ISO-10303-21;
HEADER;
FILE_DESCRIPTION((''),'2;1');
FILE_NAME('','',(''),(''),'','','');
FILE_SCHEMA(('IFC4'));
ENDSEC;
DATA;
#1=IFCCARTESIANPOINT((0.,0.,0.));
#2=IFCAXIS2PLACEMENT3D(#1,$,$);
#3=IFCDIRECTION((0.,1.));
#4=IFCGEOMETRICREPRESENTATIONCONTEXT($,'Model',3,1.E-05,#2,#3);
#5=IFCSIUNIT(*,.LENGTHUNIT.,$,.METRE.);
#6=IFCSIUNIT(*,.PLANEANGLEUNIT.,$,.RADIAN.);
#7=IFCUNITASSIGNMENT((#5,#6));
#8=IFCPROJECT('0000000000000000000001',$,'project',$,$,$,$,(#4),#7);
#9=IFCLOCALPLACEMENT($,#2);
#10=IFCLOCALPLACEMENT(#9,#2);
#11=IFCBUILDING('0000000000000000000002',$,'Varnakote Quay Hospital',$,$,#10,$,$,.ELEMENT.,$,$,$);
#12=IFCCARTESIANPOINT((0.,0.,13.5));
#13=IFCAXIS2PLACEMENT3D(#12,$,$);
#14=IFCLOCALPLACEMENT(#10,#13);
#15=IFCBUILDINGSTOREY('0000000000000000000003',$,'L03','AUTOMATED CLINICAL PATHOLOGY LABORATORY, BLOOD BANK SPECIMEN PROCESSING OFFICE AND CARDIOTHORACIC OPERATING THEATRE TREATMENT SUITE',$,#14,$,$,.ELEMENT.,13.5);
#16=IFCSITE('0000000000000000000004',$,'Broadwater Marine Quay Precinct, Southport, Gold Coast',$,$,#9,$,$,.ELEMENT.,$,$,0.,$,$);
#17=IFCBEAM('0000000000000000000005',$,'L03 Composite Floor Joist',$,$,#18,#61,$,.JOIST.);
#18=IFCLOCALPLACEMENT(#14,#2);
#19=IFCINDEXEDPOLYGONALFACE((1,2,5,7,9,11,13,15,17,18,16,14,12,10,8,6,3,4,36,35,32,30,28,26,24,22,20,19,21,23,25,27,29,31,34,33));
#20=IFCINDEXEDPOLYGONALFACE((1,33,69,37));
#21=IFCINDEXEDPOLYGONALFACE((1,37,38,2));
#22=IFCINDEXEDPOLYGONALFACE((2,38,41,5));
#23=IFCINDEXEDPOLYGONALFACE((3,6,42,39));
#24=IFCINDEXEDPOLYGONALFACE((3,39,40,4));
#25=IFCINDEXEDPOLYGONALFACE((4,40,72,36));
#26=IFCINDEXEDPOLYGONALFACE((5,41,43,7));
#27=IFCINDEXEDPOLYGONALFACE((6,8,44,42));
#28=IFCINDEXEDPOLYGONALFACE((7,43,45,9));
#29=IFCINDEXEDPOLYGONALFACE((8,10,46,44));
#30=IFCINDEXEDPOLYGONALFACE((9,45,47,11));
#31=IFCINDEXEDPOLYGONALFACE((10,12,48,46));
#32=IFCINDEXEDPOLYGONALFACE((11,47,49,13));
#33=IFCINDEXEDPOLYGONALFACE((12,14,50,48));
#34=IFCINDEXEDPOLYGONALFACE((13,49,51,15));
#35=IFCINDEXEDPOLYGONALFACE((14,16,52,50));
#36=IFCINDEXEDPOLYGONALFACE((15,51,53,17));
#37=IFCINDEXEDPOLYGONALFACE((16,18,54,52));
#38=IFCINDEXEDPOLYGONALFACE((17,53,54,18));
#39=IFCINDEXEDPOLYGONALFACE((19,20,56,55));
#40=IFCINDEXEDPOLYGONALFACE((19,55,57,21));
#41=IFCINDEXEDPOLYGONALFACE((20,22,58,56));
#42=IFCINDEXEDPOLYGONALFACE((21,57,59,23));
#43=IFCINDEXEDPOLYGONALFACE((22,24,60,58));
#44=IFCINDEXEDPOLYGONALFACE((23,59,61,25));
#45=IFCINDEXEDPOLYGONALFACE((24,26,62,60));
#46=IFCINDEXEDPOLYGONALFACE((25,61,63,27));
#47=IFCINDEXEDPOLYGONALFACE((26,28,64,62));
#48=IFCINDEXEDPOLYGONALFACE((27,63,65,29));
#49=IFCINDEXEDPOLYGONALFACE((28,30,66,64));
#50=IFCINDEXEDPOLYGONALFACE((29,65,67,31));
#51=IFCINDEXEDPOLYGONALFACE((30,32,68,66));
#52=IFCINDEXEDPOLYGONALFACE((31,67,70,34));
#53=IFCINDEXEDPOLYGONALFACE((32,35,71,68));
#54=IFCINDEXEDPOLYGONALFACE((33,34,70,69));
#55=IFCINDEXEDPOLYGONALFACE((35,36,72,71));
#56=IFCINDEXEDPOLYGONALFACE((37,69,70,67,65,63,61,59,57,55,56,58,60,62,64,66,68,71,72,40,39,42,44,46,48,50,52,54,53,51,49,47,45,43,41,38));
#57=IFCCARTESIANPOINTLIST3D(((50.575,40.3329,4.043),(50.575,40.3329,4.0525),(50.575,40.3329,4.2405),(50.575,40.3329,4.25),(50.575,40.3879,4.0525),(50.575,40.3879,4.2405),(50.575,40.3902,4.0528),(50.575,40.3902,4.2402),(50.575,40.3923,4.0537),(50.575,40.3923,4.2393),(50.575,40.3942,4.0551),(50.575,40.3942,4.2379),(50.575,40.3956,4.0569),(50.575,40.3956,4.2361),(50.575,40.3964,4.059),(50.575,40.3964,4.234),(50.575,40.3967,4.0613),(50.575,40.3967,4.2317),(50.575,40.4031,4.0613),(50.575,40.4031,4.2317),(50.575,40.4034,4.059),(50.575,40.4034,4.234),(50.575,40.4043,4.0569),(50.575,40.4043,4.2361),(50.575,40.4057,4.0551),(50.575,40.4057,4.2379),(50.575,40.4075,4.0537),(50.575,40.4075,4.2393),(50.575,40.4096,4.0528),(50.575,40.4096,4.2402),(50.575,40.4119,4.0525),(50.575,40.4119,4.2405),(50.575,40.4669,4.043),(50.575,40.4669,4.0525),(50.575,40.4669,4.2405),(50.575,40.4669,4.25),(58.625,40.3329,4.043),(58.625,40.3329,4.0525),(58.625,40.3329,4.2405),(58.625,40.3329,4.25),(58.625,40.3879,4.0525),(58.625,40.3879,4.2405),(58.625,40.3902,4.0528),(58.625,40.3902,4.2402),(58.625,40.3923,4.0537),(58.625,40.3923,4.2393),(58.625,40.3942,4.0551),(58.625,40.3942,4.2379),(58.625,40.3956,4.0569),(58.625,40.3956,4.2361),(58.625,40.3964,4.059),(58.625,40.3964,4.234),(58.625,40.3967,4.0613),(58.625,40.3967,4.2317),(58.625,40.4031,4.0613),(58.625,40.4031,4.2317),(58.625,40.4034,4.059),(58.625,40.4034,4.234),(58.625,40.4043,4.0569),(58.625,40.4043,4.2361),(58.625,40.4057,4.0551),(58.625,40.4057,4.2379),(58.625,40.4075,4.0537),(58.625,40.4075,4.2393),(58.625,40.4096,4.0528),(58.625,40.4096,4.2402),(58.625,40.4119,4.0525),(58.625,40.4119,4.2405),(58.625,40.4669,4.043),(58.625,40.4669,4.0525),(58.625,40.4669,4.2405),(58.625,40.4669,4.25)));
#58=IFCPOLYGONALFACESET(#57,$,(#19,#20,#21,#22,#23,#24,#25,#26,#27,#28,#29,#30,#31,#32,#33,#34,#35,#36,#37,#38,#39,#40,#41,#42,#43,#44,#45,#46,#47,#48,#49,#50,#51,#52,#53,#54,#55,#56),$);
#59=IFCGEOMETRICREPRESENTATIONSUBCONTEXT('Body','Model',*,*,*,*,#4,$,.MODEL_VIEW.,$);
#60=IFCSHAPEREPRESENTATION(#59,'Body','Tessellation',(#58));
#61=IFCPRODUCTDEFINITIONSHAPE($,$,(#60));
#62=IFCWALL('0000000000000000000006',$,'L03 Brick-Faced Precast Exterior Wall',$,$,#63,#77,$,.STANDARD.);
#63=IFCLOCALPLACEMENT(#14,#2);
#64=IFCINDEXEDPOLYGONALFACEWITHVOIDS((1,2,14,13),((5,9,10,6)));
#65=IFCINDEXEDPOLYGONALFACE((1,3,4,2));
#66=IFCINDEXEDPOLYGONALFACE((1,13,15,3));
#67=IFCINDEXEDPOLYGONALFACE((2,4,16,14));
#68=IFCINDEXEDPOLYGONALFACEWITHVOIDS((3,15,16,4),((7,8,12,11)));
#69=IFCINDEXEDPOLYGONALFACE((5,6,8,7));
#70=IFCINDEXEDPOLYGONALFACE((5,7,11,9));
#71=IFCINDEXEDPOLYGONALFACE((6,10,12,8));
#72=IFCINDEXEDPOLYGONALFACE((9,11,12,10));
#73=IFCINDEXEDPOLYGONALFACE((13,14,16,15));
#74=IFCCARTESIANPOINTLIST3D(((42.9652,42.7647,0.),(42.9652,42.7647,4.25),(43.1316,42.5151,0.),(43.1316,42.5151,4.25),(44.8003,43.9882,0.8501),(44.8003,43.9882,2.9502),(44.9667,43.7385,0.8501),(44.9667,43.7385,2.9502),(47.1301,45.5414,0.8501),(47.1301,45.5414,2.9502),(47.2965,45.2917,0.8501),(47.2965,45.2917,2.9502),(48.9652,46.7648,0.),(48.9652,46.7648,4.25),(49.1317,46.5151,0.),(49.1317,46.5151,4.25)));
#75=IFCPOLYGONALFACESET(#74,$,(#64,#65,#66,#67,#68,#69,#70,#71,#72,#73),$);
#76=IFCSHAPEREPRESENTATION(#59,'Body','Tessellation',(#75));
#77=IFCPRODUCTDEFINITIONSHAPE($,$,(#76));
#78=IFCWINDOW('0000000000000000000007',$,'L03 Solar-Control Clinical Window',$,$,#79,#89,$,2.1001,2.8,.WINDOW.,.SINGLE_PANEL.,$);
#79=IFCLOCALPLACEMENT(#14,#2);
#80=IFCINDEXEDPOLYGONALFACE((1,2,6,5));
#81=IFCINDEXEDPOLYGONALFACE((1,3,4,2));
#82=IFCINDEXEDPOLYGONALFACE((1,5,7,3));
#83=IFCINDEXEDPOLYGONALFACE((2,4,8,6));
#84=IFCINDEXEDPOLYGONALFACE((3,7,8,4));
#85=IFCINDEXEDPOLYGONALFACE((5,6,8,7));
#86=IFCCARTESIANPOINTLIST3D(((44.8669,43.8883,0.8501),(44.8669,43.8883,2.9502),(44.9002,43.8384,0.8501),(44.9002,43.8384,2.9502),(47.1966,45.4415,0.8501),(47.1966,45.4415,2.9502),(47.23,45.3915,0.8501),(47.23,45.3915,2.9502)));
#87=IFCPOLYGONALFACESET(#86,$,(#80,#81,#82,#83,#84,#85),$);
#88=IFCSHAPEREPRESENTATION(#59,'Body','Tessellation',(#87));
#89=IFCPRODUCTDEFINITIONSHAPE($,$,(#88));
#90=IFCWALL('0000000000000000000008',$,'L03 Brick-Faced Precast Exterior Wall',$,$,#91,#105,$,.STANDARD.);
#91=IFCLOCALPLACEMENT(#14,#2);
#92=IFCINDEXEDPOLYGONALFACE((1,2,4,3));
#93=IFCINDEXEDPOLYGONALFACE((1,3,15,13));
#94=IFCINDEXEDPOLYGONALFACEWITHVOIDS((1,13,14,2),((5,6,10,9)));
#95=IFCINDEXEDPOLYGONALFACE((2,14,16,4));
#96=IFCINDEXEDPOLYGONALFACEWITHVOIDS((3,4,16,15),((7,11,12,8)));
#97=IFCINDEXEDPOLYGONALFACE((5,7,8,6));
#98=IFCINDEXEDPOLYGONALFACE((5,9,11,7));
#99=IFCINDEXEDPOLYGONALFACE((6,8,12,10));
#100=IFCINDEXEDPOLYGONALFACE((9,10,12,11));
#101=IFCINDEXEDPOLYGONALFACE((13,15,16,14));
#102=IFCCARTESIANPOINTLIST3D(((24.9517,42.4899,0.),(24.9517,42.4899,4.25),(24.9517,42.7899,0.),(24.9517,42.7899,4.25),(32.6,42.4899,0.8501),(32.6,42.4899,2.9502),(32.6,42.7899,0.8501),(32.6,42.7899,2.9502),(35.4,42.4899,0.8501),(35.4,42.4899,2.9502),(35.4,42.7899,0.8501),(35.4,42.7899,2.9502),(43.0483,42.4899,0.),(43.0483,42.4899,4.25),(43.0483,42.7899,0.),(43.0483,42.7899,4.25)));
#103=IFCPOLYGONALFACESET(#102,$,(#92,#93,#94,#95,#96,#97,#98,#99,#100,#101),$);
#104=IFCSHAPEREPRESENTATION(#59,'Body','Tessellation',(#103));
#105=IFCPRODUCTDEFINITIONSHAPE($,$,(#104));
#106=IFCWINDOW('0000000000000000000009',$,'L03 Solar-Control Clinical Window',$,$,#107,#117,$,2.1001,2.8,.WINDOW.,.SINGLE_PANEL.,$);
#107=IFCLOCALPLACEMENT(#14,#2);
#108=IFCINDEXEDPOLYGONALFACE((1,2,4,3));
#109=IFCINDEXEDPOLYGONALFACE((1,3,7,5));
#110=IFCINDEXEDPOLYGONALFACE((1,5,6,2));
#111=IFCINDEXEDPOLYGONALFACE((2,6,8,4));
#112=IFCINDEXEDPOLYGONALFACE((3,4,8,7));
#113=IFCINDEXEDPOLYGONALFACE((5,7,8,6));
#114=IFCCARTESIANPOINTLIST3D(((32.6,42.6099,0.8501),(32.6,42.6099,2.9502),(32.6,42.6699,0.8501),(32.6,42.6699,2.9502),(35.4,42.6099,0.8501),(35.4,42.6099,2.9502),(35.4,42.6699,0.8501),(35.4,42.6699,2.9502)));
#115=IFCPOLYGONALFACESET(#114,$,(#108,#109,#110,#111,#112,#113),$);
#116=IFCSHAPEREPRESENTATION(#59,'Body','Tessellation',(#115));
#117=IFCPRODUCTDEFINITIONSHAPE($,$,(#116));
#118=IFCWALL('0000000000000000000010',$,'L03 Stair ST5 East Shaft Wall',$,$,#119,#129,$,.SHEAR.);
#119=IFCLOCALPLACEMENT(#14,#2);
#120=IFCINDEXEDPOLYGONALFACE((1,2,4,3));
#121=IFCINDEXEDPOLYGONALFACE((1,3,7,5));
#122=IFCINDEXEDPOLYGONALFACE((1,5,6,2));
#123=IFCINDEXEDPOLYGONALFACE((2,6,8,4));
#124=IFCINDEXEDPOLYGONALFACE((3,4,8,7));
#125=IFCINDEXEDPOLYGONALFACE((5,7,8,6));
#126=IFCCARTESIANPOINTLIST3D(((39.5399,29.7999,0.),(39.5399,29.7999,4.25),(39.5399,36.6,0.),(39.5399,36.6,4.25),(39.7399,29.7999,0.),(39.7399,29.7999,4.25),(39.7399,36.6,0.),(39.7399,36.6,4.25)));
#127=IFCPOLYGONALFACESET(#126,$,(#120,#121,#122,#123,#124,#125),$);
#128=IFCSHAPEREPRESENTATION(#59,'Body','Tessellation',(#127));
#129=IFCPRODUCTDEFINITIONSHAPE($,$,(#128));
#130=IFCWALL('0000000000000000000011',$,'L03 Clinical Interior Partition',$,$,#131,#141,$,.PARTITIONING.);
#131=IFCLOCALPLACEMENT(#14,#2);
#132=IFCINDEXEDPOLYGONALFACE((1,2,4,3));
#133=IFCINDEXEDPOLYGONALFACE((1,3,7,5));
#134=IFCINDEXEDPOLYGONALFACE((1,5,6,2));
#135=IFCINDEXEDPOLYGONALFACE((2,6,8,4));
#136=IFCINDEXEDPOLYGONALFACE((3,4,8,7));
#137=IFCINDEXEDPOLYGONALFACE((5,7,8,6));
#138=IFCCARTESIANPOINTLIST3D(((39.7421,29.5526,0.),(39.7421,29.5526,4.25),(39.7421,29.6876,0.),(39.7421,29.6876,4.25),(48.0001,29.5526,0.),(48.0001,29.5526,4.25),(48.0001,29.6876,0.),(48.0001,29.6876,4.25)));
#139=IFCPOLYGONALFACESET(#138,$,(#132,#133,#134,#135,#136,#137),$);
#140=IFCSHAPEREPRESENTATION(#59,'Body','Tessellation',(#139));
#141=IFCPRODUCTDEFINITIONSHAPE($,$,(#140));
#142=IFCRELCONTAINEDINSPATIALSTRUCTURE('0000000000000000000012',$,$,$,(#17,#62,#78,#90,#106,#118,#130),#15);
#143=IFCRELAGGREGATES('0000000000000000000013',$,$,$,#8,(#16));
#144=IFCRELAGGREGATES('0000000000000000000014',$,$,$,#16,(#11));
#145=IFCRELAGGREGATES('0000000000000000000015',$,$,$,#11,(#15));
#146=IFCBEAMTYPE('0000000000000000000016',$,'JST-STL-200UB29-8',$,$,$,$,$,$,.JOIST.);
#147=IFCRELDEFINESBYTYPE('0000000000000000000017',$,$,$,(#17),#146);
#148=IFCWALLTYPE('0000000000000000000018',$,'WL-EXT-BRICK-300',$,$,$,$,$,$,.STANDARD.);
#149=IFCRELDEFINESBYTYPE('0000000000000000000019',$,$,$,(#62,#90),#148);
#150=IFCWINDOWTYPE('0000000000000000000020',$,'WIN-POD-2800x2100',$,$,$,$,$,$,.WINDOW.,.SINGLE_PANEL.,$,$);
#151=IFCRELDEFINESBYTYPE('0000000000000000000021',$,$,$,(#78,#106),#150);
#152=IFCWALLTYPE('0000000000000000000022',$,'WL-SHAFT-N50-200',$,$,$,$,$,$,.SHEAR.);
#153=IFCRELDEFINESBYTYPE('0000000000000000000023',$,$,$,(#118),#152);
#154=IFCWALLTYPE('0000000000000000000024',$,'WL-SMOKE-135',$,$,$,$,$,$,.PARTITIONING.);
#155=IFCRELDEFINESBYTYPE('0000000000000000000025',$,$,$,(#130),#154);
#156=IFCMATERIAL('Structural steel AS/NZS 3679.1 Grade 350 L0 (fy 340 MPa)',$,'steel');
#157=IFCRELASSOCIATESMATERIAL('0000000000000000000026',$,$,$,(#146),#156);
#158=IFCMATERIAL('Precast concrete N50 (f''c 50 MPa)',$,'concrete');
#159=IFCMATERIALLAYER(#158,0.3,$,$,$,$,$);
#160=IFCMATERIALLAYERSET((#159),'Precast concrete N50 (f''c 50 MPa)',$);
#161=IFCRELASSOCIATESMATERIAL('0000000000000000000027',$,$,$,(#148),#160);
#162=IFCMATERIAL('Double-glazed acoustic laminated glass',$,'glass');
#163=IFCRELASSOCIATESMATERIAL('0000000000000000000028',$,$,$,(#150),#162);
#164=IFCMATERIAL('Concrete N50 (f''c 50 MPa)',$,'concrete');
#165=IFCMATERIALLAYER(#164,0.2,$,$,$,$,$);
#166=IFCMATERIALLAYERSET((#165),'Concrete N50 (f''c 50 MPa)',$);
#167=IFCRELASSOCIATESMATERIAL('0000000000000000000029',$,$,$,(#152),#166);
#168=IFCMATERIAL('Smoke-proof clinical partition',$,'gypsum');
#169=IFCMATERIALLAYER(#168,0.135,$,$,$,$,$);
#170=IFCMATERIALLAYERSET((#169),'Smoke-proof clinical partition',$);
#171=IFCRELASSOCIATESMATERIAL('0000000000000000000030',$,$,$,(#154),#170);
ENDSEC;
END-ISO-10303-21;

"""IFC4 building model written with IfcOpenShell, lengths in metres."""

from ifc_helpers import new_model, si_unit, direction, frame, frame_2d, origin, origin_2d, place, context, subcontext, project, spatial, rectangle, i_section, extrude, material, layer, layer_set, material_profile, profile_set, type_object, element, fill, save


model = new_model("IFC4")

# Units and contexts
model_context = context("Model", 3, precision=1e-05, world=origin(), true_north=direction((0.0, 1.0)))
body_context = subcontext(model_context, "Body", "Model", "MODEL_VIEW")
ifc_project = project(units=[si_unit("LENGTHUNIT", "METRE"), si_unit("PLANEANGLEUNIT", "RADIAN")], contexts=[model_context])

# Site, building, storey
site_placement = place(None, origin())
site = spatial("IfcSite", under=ifc_project, at=site_placement, Name="Broadwater Marine Quay Precinct, Southport, Gold Coast", CompositionType="ELEMENT", RefElevation=0.0)
building_placement = place(site_placement, origin())
building = spatial("IfcBuilding", under=site, at=building_placement, Name="Varnakote Quay Hospital", CompositionType="ELEMENT")
storey_placement = place(building_placement, frame((0.0, 0.0, 13.5)))
storey = spatial("IfcBuildingStorey", under=building, at=storey_placement, Name="L03", Description="AUTOMATED CLINICAL PATHOLOGY LABORATORY, BLOOD BANK SPECIMEN PROCESSING OFFICE AND CARDIOTHORACIC OPERATING THEATRE TREATMENT SUITE", CompositionType="ELEMENT", Elevation=13.5)

# Beam
ifc_material_1 = material(Name="Structural steel AS/NZS 3679.1 Grade 350 L0 (fy 340 MPa)", Category="steel")
ifc_material_profile_1 = material_profile(ifc_material_1, i_section(OverallWidth=0.134, OverallDepth=0.207, WebThickness=0.0063, FlangeThickness=0.0095, FilletRadius=0.0088, at=origin_2d()), Name="200UB29.8")
ifc_profile_set_1 = profile_set([ifc_material_profile_1], Name="Structural steel AS/NZS 3679.1 Grade 350 L0 (fy 340 MPa)")
beam_type_1 = type_object("IfcBeamType", Name="JST-STL-200UB29-8", PredefinedType="JOIST", material=ifc_profile_set_1)
for number, where, z_axis, x_axis, name in (
    (1, (50.575, 40.3999, 4.1465), (1.0, 0.0, 0.0), (0.0, 1.0, 0.0), "L03 Composite Floor Joist"),
):
    element("IfcBeam", number, at=place(storey_placement, frame(where, z_axis=z_axis, x_axis=x_axis)), inside=storey, type_object=beam_type_1, Name=name, PredefinedType="JOIST", context=body_context, shape_type="SweptSolid", body=[
        extrude(i_section(OverallWidth=0.134, OverallDepth=0.207, WebThickness=0.0063, FlangeThickness=0.0095, FilletRadius=0.0088, at=origin_2d()), origin(), (0.0, 0.0, 1.0), 8.05),
    ])

# Walls, openings, windows
ifc_material_2 = material(Name="Precast concrete N50 (f'c 50 MPa)", Category="concrete")
ifc_layer_1 = layer(ifc_material_2, 0.3)
ifc_layer_set_1 = layer_set([ifc_layer_1], Name="Precast concrete N50 (f'c 50 MPa)")
wall_type_1 = type_object("IfcWallType", Name="WL-EXT-BRICK-300", PredefinedType="STANDARD", material=ifc_layer_set_1)
wall_1_placement = place(storey_placement, frame((49.0483, 46.6399, 0.0), z_axis=(0.0, 0.0, 1.0), x_axis=(-0.83205, -0.5547, 0.0)))
wall_1 = element("IfcWall", 2, at=wall_1_placement, inside=storey, type_object=wall_type_1, Name="L03 Brick-Faced Precast Exterior Wall", PredefinedType="STANDARD", context=body_context, shape_type="SweptSolid", body=[
    extrude(rectangle(XDim=7.2112, YDim=0.3, at=frame_2d((3.6055, 0.0))), origin(), (0.0, 0.0, 1.0), 4.25),
])
opening_1_placement = place(wall_1_placement, frame((2.2056, 0.0, 0.8501)))
opening_1 = element("IfcOpeningElement", 3, at=opening_1_placement, cuts=wall_1, PredefinedType="OPENING", context=body_context, shape_type="SweptSolid", body=[
    extrude(rectangle(XDim=2.8, YDim=2.1001, at=frame_2d((1.3999, 1.05))), frame((0.0, 0.1599, 0.0), z_axis=(0.0, -1.0, 0.0), x_axis=(1.0, 0.0, 0.0)), (0.0, 0.0, 1.0), 0.3201),
])
ifc_material_3 = material(Name="Double-glazed acoustic laminated glass", Category="glass")
window_type = type_object("IfcWindowType", Name="WIN-POD-2800x2100", PartitioningType="SINGLE_PANEL", PredefinedType="WINDOW", material=ifc_material_3)
window_1_placement = place(opening_1_placement, origin())
window_1 = element("IfcWindow", 4, at=window_1_placement, inside=storey, type_object=window_type, Name="L03 Solar-Control Clinical Window", OverallHeight=2.1001, OverallWidth=2.8, PartitioningType="SINGLE_PANEL", PredefinedType="WINDOW", context=body_context, shape_type="SweptSolid", body=[
    extrude(rectangle(XDim=2.8, YDim=2.1001, at=frame_2d((1.3999, 1.05))), frame((0.0, 0.03, 0.0), z_axis=(0.0, -1.0, 0.0), x_axis=(1.0, 0.0, 0.0)), (0.0, 0.0, 1.0), 0.0601),
])
fill(opening_1, window_1)
wall_2_placement = place(storey_placement, frame((43.0483, 42.6399, 0.0), z_axis=(0.0, 0.0, 1.0), x_axis=(-1.0, 0.0, 0.0)))
wall_2 = element("IfcWall", 5, at=wall_2_placement, inside=storey, type_object=wall_type_1, Name="L03 Brick-Faced Precast Exterior Wall", PredefinedType="STANDARD", context=body_context, shape_type="SweptSolid", body=[
    extrude(rectangle(XDim=18.0967, YDim=0.3, at=frame_2d((9.0483, 0.0))), origin(), (0.0, 0.0, 1.0), 4.25),
])
opening_2_placement = place(wall_2_placement, frame((7.6484, 0.0, 0.8501)))
opening_2 = element("IfcOpeningElement", 6, at=opening_2_placement, cuts=wall_2, PredefinedType="OPENING", context=body_context, shape_type="SweptSolid", body=[
    extrude(rectangle(XDim=2.8, YDim=2.1001, at=frame_2d((1.3999, 1.05))), frame((0.0, 0.1599, 0.0), z_axis=(0.0, -1.0, 0.0), x_axis=(1.0, 0.0, 0.0)), (0.0, 0.0, 1.0), 0.3201),
])
window_2_placement = place(opening_2_placement, origin())
window_2 = element("IfcWindow", 7, at=window_2_placement, inside=storey, type_object=window_type, Name="L03 Solar-Control Clinical Window", OverallHeight=2.1001, OverallWidth=2.8, PartitioningType="SINGLE_PANEL", PredefinedType="WINDOW", context=body_context, shape_type="SweptSolid", body=[
    extrude(rectangle(XDim=2.8, YDim=2.1001, at=frame_2d((1.3999, 1.05))), frame((0.0, 0.03, 0.0), z_axis=(0.0, -1.0, 0.0), x_axis=(1.0, 0.0, 0.0)), (0.0, 0.0, 1.0), 0.0601),
])
fill(opening_2, window_2)

# Walls
ifc_material_4 = material(Name="Concrete N50 (f'c 50 MPa)", Category="concrete")
ifc_layer_2 = layer(ifc_material_4, 0.2)
ifc_layer_set_2 = layer_set([ifc_layer_2], Name="Concrete N50 (f'c 50 MPa)")
wall_type_2 = type_object("IfcWallType", Name="WL-SHAFT-N50-200", PredefinedType="SHEAR", material=ifc_layer_set_2)
wall_3_placement = place(storey_placement, frame((39.6399, 29.8, 0.0), z_axis=(0.0, 0.0, 1.0), x_axis=(0.0, 1.0, 0.0)))
element("IfcWall", 8, at=wall_3_placement, inside=storey, type_object=wall_type_2, Name="L03 Stair ST5 East Shaft Wall", PredefinedType="SHEAR", context=body_context, shape_type="SweptSolid", body=[
    extrude(rectangle(XDim=6.8, YDim=0.2, at=frame_2d((3.3999, 0.0))), origin(), (0.0, 0.0, 1.0), 4.25),
])
ifc_material_5 = material(Name="Smoke-proof clinical partition", Category="gypsum")
ifc_layer_3 = layer(ifc_material_5, 0.135)
ifc_layer_set_3 = layer_set([ifc_layer_3], Name="Smoke-proof clinical partition")
wall_type_3 = type_object("IfcWallType", Name="WL-SMOKE-135", PredefinedType="PARTITIONING", material=ifc_layer_set_3)
wall_4_placement = place(storey_placement, frame((48.0, 29.6201, 0.0), z_axis=(0.0, 0.0, 1.0), x_axis=(-1.0, 0.0, 0.0)))
element("IfcWall", 9, at=wall_4_placement, inside=storey, type_object=wall_type_3, Name="L03 Clinical Interior Partition", PredefinedType="PARTITIONING", context=body_context, shape_type="SweptSolid", body=[
    extrude(rectangle(XDim=8.2581, YDim=0.135, at=frame_2d((4.1289, 0.0))), origin(), (0.0, 0.0, 1.0), 4.25),
])

save(model, "model.ifc")
